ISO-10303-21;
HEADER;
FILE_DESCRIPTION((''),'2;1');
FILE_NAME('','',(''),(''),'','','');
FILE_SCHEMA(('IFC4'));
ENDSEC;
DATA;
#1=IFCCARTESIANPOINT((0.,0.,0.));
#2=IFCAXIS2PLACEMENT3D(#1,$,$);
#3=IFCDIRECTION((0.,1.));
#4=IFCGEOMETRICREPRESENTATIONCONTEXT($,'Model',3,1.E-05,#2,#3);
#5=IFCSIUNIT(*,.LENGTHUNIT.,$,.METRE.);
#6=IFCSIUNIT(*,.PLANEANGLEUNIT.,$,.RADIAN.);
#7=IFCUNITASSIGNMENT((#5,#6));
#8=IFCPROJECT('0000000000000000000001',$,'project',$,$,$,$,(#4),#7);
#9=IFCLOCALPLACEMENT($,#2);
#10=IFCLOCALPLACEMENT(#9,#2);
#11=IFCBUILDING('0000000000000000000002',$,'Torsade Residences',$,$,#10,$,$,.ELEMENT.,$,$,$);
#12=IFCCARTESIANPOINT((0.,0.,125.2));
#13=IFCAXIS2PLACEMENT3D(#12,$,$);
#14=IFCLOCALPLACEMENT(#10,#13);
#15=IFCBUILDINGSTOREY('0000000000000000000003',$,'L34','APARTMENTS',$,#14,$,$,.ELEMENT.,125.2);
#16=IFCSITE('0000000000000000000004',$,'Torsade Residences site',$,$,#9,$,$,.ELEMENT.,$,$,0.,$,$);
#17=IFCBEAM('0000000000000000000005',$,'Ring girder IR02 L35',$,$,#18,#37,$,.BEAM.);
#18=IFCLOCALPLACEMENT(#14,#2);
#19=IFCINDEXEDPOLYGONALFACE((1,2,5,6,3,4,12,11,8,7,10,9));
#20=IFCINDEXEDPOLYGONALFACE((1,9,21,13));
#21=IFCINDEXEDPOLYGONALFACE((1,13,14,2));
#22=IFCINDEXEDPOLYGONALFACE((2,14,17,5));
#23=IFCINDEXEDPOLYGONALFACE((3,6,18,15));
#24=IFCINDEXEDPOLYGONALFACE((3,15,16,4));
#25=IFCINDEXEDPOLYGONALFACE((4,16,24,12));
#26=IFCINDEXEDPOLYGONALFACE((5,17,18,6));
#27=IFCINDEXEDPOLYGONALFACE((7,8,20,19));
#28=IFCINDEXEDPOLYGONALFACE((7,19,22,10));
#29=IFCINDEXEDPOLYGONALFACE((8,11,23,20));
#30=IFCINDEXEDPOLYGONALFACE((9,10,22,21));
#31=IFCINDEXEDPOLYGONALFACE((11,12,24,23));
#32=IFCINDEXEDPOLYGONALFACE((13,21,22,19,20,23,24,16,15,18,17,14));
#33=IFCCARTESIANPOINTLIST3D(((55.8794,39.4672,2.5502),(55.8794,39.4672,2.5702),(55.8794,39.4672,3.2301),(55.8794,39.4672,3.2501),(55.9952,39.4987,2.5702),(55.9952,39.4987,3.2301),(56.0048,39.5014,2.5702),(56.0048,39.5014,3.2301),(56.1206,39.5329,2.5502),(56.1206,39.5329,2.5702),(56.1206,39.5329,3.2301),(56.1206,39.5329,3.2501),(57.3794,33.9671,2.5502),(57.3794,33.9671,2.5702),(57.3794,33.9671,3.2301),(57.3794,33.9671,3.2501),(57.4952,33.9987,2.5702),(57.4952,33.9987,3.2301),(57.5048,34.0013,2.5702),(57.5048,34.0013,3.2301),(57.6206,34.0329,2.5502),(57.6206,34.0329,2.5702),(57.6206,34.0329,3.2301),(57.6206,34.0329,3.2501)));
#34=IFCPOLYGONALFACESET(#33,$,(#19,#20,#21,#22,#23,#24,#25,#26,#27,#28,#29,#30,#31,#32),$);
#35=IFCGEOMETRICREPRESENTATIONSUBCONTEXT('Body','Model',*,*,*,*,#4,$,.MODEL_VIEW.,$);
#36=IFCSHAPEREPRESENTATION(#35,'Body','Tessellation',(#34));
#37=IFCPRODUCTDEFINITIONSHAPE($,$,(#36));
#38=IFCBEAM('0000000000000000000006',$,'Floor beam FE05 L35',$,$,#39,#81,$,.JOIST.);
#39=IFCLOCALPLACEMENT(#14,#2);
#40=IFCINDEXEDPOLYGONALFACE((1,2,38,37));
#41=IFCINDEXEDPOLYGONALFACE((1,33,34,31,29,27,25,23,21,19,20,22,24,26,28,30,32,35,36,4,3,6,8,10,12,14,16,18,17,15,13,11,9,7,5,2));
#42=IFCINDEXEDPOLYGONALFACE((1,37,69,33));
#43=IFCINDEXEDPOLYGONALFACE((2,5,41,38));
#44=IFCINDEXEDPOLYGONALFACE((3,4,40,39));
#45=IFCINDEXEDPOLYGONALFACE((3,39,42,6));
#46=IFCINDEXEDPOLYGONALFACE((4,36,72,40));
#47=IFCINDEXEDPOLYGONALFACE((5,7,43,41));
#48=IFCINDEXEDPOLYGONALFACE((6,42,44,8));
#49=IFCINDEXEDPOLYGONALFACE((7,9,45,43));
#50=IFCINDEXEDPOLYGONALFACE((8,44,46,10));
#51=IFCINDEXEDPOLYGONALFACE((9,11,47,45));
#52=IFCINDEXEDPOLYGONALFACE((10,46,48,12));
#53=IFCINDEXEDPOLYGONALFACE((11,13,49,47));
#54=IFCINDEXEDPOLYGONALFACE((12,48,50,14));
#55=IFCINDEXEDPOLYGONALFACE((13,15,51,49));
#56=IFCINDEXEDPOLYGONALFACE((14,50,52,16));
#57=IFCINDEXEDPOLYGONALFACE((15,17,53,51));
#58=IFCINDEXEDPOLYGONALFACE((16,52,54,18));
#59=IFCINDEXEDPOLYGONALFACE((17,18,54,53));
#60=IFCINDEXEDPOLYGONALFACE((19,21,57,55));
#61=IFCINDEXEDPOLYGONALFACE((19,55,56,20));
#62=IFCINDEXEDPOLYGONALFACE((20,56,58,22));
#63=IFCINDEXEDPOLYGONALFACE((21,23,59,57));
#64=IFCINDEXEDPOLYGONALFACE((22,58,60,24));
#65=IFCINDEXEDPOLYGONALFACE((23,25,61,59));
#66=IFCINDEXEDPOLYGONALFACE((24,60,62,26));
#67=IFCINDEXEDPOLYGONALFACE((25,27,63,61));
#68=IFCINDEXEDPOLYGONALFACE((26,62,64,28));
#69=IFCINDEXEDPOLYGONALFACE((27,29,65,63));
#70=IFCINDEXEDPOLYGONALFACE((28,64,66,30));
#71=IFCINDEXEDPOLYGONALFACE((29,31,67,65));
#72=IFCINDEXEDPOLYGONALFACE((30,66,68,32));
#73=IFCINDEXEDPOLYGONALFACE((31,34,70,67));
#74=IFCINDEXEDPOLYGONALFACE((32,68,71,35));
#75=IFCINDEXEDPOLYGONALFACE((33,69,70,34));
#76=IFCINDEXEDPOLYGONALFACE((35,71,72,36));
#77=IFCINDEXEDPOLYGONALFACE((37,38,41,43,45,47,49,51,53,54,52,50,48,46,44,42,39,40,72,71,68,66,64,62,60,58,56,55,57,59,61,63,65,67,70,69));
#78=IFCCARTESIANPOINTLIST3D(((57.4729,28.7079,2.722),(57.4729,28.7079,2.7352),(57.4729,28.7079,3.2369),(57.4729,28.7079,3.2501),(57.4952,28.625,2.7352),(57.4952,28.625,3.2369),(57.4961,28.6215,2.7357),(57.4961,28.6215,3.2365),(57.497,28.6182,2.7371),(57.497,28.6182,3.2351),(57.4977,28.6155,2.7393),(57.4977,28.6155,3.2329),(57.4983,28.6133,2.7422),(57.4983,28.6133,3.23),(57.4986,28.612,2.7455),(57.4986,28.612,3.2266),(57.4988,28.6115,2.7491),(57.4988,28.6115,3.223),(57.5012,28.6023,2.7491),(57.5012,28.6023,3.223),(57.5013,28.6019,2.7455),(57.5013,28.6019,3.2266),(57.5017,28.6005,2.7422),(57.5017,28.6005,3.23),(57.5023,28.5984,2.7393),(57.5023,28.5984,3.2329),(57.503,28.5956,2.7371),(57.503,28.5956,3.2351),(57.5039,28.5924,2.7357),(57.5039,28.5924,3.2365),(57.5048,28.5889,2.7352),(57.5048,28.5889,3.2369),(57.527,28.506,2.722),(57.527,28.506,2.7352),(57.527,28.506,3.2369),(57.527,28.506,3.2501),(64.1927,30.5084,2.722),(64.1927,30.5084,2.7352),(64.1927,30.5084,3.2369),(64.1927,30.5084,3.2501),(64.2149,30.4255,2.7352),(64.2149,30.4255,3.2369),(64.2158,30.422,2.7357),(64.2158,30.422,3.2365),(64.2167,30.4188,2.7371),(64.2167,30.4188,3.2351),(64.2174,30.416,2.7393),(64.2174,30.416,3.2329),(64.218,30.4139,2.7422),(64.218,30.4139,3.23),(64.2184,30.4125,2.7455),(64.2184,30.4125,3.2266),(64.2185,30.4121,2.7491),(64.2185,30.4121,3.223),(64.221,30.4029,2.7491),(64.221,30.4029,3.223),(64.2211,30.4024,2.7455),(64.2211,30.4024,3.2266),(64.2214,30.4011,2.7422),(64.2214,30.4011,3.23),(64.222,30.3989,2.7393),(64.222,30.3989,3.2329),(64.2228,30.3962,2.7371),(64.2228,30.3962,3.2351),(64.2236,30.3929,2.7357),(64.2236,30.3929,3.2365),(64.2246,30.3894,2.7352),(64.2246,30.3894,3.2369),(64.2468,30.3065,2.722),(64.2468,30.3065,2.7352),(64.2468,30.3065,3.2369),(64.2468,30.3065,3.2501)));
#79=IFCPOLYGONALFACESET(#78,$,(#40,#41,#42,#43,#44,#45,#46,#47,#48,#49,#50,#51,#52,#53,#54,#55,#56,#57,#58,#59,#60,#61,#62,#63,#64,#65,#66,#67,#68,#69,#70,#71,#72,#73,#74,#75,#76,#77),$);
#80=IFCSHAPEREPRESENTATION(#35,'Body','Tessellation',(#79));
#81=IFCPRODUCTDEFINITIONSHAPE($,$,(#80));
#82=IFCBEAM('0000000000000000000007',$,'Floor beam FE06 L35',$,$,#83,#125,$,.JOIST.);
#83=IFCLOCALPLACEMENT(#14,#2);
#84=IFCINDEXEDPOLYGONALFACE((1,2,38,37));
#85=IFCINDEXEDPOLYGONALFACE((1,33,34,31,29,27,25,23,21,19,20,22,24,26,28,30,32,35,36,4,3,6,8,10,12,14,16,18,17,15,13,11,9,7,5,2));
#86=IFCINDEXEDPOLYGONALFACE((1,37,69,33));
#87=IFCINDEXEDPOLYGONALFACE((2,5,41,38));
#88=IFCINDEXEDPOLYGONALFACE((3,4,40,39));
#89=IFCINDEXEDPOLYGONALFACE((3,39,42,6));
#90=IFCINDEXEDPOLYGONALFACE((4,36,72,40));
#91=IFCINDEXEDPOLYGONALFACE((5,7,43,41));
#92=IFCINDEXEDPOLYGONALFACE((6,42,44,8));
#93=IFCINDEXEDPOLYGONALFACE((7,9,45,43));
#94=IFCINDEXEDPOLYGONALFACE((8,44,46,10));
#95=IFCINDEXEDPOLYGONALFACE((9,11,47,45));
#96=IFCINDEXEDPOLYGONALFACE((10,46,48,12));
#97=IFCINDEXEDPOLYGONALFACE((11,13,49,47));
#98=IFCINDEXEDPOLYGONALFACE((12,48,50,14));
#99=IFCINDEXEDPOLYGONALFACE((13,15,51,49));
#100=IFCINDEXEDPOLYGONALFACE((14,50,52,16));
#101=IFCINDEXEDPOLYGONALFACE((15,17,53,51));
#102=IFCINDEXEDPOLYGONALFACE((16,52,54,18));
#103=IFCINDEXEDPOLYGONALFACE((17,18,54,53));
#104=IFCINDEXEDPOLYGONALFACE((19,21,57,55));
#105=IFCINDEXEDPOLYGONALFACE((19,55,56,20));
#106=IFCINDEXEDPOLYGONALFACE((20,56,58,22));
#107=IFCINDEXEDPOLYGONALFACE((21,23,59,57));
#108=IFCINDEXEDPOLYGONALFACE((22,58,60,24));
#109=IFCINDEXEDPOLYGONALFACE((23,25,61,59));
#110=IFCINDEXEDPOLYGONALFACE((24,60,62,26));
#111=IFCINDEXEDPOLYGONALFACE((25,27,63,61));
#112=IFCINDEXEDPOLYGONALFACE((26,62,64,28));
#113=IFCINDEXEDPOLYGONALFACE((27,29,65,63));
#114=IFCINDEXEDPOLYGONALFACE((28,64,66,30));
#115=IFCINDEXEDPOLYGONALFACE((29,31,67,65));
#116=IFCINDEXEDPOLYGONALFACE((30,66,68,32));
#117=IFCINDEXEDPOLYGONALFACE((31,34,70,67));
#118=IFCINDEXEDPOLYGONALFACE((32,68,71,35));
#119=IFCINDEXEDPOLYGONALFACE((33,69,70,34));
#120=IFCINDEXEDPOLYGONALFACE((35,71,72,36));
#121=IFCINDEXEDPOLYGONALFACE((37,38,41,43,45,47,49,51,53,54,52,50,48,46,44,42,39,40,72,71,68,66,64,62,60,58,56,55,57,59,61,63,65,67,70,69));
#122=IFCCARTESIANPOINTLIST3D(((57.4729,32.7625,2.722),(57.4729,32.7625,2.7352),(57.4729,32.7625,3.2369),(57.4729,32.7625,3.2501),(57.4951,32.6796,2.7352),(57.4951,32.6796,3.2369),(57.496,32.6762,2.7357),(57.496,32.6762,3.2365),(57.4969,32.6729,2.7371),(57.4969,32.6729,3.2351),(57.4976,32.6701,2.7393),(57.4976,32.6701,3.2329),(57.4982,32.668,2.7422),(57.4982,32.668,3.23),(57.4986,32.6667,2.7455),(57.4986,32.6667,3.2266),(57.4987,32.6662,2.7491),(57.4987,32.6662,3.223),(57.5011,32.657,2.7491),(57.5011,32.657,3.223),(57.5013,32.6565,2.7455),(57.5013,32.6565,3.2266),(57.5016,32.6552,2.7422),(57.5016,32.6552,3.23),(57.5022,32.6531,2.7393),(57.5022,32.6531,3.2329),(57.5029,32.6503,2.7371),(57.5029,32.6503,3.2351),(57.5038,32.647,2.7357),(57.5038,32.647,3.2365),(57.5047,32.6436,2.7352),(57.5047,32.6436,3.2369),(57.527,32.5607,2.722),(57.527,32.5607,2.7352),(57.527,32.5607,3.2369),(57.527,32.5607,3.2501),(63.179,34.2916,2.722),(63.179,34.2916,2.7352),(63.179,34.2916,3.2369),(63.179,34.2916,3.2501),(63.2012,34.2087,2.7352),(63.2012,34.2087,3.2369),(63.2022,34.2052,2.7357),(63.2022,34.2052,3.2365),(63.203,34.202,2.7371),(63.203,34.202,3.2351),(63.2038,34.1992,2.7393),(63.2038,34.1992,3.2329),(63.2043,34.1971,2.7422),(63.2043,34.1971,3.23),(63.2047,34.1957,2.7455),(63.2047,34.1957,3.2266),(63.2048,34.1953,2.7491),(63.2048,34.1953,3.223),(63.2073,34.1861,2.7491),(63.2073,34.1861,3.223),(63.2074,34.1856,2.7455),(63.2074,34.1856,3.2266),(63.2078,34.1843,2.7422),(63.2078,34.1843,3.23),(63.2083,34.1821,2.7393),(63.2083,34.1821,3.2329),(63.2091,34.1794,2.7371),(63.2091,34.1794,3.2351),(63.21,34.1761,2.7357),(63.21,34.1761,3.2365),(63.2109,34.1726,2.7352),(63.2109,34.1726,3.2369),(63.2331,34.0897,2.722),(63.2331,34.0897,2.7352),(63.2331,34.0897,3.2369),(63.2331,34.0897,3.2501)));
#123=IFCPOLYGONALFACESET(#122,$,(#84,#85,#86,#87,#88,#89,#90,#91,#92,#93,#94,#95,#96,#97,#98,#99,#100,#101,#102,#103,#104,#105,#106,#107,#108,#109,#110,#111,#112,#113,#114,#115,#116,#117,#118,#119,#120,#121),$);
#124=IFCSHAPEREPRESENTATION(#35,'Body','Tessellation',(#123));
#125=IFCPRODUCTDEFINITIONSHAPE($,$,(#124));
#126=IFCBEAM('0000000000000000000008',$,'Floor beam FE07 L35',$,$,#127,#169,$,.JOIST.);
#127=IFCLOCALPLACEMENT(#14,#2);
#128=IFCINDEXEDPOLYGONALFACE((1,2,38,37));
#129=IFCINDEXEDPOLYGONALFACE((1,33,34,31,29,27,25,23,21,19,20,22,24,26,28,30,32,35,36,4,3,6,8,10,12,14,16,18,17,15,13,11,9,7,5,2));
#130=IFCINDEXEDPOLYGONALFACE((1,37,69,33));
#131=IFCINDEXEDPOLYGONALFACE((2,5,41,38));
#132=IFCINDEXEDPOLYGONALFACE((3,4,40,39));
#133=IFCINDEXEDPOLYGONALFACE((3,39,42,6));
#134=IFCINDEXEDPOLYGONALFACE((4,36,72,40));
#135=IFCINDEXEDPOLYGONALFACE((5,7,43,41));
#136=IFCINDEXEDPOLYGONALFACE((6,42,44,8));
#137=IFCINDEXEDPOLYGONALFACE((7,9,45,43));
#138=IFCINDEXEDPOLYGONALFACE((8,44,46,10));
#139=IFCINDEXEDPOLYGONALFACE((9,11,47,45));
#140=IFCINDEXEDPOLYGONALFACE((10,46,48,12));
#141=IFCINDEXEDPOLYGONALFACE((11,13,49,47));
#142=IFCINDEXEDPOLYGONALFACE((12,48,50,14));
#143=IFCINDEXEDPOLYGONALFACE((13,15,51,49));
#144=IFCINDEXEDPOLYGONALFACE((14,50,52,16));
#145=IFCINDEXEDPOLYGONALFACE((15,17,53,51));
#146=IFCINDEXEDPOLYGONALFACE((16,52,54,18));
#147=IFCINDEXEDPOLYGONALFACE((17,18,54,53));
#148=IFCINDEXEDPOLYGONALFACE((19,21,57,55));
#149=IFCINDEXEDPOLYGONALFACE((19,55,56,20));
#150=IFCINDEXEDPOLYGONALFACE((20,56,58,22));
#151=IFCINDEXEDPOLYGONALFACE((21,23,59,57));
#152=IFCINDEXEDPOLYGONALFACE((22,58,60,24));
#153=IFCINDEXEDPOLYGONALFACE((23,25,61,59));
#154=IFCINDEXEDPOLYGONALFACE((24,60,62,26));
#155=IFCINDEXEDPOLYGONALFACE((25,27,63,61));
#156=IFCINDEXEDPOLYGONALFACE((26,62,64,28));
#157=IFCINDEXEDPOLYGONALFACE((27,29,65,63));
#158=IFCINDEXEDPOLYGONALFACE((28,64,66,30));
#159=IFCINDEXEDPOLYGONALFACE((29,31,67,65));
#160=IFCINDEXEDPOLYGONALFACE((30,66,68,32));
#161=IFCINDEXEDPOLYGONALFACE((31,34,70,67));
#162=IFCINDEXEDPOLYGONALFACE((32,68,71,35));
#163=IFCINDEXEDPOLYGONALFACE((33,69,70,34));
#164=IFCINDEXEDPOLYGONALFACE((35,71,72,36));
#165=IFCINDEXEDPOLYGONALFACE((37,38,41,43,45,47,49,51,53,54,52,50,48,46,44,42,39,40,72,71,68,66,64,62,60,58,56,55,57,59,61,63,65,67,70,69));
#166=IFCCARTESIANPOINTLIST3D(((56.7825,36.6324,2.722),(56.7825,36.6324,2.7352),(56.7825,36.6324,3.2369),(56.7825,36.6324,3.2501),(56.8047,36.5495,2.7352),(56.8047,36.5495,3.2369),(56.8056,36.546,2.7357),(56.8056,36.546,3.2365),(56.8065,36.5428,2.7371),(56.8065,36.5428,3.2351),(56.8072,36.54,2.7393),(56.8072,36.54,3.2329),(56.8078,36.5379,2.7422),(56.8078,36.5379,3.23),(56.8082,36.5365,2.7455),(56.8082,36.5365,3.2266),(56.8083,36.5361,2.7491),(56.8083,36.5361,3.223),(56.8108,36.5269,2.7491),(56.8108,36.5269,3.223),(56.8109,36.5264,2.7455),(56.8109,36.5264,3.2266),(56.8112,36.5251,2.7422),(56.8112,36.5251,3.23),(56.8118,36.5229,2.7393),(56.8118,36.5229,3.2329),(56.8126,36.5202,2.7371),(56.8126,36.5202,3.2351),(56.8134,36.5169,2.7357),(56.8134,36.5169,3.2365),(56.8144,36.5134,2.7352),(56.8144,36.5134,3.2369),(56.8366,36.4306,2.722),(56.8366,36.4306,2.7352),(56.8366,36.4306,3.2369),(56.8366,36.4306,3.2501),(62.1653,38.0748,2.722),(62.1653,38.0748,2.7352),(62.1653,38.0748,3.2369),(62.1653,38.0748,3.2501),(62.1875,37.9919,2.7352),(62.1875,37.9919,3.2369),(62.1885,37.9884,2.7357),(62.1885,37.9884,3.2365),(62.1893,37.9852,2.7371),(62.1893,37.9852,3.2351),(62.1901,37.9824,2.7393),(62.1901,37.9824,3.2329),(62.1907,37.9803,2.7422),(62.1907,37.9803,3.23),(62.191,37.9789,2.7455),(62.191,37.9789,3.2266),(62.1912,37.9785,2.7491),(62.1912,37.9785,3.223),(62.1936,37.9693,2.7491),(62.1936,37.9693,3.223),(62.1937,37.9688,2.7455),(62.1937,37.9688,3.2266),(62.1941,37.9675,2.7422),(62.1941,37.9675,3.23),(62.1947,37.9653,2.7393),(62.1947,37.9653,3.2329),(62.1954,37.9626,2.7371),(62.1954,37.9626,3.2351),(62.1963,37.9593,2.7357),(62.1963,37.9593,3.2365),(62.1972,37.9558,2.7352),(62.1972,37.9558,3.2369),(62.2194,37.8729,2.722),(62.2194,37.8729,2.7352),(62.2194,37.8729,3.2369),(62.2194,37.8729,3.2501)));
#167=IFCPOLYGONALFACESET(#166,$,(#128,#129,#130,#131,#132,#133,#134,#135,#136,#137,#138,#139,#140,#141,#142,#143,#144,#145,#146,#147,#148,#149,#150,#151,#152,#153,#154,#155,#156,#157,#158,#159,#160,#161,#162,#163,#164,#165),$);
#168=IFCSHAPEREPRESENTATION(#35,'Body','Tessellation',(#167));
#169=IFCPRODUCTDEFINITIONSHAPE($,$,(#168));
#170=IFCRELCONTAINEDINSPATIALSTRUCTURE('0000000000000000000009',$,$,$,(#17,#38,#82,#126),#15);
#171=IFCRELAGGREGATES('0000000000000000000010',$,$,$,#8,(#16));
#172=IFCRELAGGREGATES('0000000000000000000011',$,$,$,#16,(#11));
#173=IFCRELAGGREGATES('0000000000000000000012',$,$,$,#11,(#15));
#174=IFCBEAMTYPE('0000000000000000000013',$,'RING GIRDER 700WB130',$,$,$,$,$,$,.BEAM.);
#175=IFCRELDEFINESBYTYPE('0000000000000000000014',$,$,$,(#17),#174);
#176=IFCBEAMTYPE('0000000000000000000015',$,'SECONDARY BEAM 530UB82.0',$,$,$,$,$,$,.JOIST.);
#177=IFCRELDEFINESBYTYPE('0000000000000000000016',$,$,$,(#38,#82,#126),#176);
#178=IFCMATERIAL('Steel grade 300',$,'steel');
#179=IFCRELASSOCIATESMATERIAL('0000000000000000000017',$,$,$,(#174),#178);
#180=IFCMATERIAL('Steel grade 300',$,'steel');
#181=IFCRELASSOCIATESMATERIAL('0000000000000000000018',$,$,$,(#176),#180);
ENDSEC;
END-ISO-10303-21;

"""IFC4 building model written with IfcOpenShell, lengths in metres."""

from ifc_helpers import new_model, si_unit, direction, frame, origin, origin_2d, place, context, subcontext, project, spatial, i_section, extrude, material, material_profile, profile_set, type_object, element, save


model = new_model("IFC4")

# Units and contexts
model_context = context("Model", 3, precision=1e-05, world=origin(), true_north=direction((0.0, 1.0)))
body_context = subcontext(model_context, "Body", "Model", "MODEL_VIEW")
ifc_project = project(units=[si_unit("LENGTHUNIT", "METRE"), si_unit("PLANEANGLEUNIT", "RADIAN")], contexts=[model_context])

# Site, building, storey
site_placement = place(None, origin())
site = spatial("IfcSite", under=ifc_project, at=site_placement, Name="Torsade Residences site", CompositionType="ELEMENT", RefElevation=0.0)
building_placement = place(site_placement, origin())
building = spatial("IfcBuilding", under=site, at=building_placement, Name="Torsade Residences", CompositionType="ELEMENT")
storey_placement = place(building_placement, frame((0.0, 0.0, 125.2)))
storey = spatial("IfcBuildingStorey", under=building, at=storey_placement, Name="L34", Description="APARTMENTS", CompositionType="ELEMENT", Elevation=125.2)

# Beams
ifc_material_1 = material(Name="Steel grade 300", Category="steel")
ifc_material_profile_1 = material_profile(ifc_material_1, i_section(OverallWidth=0.25, OverallDepth=0.7, WebThickness=0.01, FlangeThickness=0.02, at=origin_2d()), Name="700WB130")
ifc_profile_set_1 = profile_set([ifc_material_profile_1], Name="Steel grade 300")
beam_type_1 = type_object("IfcBeamType", Name="RING GIRDER 700WB130", PredefinedType="BEAM", material=ifc_profile_set_1)
beam_1_placement = place(storey_placement, frame((57.5, 34.0, 2.9001), z_axis=(-0.263117, 0.964764, 0.0), x_axis=(-0.964764, -0.263117, 0.0)))
element("IfcBeam", 1, at=beam_1_placement, inside=storey, type_object=beam_type_1, Name="Ring girder IR02 L35", PredefinedType="BEAM", context=body_context, shape_type="SweptSolid", body=[
    extrude(i_section(OverallWidth=0.25, OverallDepth=0.7, WebThickness=0.01, FlangeThickness=0.02, at=origin_2d()), origin(), (0.0, 0.0, 1.0), 5.7009),
])
ifc_material_2 = material(Name="Steel grade 300", Category="steel")
ifc_material_profile_2 = material_profile(ifc_material_2, i_section(OverallWidth=0.209, OverallDepth=0.5281, WebThickness=0.0095, FlangeThickness=0.0132, FilletRadius=0.0139, at=origin_2d()), Name="530UB82.0")
ifc_profile_set_2 = profile_set([ifc_material_profile_2], Name="Steel grade 300")
beam_type_2 = type_object("IfcBeamType", Name="SECONDARY BEAM 530UB82.0", PredefinedType="JOIST", material=ifc_profile_set_2)
beam_2_placement = place(storey_placement, frame((64.2197, 30.4075, 2.9861), z_axis=(-0.965926, -0.258818, 0.0), x_axis=(0.258818, -0.965926, 0.0)))
element("IfcBeam", 2, at=beam_2_placement, inside=storey, type_object=beam_type_2, Name="Floor beam FE05 L35", PredefinedType="JOIST", context=body_context, shape_type="SweptSolid", body=[
    extrude(i_section(OverallWidth=0.209, OverallDepth=0.5281, WebThickness=0.0095, FlangeThickness=0.0132, FilletRadius=0.0139, at=origin_2d()), origin(), (0.0, 0.0, 1.0), 6.9568),
])
beam_3_placement = place(storey_placement, frame((63.2061, 34.1907, 2.9861), z_axis=(-0.965921, -0.258838, 0.0), x_axis=(0.258838, -0.965921, 0.0)))
element("IfcBeam", 3, at=beam_3_placement, inside=storey, type_object=beam_type_2, Name="Floor beam FE06 L35", PredefinedType="JOIST", context=body_context, shape_type="SweptSolid", body=[
    extrude(i_section(OverallWidth=0.209, OverallDepth=0.5281, WebThickness=0.0095, FlangeThickness=0.0132, FilletRadius=0.0139, at=origin_2d()), origin(), (0.0, 0.0, 1.0), 5.9075),
])
beam_4_placement = place(storey_placement, frame((62.1924, 37.9739, 2.9861), z_axis=(-0.965923, -0.25883, 0.0), x_axis=(0.25883, -0.965923, 0.0)))
element("IfcBeam", 4, at=beam_4_placement, inside=storey, type_object=beam_type_2, Name="Floor beam FE07 L35", PredefinedType="JOIST", context=body_context, shape_type="SweptSolid", body=[
    extrude(i_section(OverallWidth=0.209, OverallDepth=0.5281, WebThickness=0.0095, FlangeThickness=0.0132, FilletRadius=0.0139, at=origin_2d()), origin(), (0.0, 0.0, 1.0), 5.5728),
])

save(model, "model.ifc")
